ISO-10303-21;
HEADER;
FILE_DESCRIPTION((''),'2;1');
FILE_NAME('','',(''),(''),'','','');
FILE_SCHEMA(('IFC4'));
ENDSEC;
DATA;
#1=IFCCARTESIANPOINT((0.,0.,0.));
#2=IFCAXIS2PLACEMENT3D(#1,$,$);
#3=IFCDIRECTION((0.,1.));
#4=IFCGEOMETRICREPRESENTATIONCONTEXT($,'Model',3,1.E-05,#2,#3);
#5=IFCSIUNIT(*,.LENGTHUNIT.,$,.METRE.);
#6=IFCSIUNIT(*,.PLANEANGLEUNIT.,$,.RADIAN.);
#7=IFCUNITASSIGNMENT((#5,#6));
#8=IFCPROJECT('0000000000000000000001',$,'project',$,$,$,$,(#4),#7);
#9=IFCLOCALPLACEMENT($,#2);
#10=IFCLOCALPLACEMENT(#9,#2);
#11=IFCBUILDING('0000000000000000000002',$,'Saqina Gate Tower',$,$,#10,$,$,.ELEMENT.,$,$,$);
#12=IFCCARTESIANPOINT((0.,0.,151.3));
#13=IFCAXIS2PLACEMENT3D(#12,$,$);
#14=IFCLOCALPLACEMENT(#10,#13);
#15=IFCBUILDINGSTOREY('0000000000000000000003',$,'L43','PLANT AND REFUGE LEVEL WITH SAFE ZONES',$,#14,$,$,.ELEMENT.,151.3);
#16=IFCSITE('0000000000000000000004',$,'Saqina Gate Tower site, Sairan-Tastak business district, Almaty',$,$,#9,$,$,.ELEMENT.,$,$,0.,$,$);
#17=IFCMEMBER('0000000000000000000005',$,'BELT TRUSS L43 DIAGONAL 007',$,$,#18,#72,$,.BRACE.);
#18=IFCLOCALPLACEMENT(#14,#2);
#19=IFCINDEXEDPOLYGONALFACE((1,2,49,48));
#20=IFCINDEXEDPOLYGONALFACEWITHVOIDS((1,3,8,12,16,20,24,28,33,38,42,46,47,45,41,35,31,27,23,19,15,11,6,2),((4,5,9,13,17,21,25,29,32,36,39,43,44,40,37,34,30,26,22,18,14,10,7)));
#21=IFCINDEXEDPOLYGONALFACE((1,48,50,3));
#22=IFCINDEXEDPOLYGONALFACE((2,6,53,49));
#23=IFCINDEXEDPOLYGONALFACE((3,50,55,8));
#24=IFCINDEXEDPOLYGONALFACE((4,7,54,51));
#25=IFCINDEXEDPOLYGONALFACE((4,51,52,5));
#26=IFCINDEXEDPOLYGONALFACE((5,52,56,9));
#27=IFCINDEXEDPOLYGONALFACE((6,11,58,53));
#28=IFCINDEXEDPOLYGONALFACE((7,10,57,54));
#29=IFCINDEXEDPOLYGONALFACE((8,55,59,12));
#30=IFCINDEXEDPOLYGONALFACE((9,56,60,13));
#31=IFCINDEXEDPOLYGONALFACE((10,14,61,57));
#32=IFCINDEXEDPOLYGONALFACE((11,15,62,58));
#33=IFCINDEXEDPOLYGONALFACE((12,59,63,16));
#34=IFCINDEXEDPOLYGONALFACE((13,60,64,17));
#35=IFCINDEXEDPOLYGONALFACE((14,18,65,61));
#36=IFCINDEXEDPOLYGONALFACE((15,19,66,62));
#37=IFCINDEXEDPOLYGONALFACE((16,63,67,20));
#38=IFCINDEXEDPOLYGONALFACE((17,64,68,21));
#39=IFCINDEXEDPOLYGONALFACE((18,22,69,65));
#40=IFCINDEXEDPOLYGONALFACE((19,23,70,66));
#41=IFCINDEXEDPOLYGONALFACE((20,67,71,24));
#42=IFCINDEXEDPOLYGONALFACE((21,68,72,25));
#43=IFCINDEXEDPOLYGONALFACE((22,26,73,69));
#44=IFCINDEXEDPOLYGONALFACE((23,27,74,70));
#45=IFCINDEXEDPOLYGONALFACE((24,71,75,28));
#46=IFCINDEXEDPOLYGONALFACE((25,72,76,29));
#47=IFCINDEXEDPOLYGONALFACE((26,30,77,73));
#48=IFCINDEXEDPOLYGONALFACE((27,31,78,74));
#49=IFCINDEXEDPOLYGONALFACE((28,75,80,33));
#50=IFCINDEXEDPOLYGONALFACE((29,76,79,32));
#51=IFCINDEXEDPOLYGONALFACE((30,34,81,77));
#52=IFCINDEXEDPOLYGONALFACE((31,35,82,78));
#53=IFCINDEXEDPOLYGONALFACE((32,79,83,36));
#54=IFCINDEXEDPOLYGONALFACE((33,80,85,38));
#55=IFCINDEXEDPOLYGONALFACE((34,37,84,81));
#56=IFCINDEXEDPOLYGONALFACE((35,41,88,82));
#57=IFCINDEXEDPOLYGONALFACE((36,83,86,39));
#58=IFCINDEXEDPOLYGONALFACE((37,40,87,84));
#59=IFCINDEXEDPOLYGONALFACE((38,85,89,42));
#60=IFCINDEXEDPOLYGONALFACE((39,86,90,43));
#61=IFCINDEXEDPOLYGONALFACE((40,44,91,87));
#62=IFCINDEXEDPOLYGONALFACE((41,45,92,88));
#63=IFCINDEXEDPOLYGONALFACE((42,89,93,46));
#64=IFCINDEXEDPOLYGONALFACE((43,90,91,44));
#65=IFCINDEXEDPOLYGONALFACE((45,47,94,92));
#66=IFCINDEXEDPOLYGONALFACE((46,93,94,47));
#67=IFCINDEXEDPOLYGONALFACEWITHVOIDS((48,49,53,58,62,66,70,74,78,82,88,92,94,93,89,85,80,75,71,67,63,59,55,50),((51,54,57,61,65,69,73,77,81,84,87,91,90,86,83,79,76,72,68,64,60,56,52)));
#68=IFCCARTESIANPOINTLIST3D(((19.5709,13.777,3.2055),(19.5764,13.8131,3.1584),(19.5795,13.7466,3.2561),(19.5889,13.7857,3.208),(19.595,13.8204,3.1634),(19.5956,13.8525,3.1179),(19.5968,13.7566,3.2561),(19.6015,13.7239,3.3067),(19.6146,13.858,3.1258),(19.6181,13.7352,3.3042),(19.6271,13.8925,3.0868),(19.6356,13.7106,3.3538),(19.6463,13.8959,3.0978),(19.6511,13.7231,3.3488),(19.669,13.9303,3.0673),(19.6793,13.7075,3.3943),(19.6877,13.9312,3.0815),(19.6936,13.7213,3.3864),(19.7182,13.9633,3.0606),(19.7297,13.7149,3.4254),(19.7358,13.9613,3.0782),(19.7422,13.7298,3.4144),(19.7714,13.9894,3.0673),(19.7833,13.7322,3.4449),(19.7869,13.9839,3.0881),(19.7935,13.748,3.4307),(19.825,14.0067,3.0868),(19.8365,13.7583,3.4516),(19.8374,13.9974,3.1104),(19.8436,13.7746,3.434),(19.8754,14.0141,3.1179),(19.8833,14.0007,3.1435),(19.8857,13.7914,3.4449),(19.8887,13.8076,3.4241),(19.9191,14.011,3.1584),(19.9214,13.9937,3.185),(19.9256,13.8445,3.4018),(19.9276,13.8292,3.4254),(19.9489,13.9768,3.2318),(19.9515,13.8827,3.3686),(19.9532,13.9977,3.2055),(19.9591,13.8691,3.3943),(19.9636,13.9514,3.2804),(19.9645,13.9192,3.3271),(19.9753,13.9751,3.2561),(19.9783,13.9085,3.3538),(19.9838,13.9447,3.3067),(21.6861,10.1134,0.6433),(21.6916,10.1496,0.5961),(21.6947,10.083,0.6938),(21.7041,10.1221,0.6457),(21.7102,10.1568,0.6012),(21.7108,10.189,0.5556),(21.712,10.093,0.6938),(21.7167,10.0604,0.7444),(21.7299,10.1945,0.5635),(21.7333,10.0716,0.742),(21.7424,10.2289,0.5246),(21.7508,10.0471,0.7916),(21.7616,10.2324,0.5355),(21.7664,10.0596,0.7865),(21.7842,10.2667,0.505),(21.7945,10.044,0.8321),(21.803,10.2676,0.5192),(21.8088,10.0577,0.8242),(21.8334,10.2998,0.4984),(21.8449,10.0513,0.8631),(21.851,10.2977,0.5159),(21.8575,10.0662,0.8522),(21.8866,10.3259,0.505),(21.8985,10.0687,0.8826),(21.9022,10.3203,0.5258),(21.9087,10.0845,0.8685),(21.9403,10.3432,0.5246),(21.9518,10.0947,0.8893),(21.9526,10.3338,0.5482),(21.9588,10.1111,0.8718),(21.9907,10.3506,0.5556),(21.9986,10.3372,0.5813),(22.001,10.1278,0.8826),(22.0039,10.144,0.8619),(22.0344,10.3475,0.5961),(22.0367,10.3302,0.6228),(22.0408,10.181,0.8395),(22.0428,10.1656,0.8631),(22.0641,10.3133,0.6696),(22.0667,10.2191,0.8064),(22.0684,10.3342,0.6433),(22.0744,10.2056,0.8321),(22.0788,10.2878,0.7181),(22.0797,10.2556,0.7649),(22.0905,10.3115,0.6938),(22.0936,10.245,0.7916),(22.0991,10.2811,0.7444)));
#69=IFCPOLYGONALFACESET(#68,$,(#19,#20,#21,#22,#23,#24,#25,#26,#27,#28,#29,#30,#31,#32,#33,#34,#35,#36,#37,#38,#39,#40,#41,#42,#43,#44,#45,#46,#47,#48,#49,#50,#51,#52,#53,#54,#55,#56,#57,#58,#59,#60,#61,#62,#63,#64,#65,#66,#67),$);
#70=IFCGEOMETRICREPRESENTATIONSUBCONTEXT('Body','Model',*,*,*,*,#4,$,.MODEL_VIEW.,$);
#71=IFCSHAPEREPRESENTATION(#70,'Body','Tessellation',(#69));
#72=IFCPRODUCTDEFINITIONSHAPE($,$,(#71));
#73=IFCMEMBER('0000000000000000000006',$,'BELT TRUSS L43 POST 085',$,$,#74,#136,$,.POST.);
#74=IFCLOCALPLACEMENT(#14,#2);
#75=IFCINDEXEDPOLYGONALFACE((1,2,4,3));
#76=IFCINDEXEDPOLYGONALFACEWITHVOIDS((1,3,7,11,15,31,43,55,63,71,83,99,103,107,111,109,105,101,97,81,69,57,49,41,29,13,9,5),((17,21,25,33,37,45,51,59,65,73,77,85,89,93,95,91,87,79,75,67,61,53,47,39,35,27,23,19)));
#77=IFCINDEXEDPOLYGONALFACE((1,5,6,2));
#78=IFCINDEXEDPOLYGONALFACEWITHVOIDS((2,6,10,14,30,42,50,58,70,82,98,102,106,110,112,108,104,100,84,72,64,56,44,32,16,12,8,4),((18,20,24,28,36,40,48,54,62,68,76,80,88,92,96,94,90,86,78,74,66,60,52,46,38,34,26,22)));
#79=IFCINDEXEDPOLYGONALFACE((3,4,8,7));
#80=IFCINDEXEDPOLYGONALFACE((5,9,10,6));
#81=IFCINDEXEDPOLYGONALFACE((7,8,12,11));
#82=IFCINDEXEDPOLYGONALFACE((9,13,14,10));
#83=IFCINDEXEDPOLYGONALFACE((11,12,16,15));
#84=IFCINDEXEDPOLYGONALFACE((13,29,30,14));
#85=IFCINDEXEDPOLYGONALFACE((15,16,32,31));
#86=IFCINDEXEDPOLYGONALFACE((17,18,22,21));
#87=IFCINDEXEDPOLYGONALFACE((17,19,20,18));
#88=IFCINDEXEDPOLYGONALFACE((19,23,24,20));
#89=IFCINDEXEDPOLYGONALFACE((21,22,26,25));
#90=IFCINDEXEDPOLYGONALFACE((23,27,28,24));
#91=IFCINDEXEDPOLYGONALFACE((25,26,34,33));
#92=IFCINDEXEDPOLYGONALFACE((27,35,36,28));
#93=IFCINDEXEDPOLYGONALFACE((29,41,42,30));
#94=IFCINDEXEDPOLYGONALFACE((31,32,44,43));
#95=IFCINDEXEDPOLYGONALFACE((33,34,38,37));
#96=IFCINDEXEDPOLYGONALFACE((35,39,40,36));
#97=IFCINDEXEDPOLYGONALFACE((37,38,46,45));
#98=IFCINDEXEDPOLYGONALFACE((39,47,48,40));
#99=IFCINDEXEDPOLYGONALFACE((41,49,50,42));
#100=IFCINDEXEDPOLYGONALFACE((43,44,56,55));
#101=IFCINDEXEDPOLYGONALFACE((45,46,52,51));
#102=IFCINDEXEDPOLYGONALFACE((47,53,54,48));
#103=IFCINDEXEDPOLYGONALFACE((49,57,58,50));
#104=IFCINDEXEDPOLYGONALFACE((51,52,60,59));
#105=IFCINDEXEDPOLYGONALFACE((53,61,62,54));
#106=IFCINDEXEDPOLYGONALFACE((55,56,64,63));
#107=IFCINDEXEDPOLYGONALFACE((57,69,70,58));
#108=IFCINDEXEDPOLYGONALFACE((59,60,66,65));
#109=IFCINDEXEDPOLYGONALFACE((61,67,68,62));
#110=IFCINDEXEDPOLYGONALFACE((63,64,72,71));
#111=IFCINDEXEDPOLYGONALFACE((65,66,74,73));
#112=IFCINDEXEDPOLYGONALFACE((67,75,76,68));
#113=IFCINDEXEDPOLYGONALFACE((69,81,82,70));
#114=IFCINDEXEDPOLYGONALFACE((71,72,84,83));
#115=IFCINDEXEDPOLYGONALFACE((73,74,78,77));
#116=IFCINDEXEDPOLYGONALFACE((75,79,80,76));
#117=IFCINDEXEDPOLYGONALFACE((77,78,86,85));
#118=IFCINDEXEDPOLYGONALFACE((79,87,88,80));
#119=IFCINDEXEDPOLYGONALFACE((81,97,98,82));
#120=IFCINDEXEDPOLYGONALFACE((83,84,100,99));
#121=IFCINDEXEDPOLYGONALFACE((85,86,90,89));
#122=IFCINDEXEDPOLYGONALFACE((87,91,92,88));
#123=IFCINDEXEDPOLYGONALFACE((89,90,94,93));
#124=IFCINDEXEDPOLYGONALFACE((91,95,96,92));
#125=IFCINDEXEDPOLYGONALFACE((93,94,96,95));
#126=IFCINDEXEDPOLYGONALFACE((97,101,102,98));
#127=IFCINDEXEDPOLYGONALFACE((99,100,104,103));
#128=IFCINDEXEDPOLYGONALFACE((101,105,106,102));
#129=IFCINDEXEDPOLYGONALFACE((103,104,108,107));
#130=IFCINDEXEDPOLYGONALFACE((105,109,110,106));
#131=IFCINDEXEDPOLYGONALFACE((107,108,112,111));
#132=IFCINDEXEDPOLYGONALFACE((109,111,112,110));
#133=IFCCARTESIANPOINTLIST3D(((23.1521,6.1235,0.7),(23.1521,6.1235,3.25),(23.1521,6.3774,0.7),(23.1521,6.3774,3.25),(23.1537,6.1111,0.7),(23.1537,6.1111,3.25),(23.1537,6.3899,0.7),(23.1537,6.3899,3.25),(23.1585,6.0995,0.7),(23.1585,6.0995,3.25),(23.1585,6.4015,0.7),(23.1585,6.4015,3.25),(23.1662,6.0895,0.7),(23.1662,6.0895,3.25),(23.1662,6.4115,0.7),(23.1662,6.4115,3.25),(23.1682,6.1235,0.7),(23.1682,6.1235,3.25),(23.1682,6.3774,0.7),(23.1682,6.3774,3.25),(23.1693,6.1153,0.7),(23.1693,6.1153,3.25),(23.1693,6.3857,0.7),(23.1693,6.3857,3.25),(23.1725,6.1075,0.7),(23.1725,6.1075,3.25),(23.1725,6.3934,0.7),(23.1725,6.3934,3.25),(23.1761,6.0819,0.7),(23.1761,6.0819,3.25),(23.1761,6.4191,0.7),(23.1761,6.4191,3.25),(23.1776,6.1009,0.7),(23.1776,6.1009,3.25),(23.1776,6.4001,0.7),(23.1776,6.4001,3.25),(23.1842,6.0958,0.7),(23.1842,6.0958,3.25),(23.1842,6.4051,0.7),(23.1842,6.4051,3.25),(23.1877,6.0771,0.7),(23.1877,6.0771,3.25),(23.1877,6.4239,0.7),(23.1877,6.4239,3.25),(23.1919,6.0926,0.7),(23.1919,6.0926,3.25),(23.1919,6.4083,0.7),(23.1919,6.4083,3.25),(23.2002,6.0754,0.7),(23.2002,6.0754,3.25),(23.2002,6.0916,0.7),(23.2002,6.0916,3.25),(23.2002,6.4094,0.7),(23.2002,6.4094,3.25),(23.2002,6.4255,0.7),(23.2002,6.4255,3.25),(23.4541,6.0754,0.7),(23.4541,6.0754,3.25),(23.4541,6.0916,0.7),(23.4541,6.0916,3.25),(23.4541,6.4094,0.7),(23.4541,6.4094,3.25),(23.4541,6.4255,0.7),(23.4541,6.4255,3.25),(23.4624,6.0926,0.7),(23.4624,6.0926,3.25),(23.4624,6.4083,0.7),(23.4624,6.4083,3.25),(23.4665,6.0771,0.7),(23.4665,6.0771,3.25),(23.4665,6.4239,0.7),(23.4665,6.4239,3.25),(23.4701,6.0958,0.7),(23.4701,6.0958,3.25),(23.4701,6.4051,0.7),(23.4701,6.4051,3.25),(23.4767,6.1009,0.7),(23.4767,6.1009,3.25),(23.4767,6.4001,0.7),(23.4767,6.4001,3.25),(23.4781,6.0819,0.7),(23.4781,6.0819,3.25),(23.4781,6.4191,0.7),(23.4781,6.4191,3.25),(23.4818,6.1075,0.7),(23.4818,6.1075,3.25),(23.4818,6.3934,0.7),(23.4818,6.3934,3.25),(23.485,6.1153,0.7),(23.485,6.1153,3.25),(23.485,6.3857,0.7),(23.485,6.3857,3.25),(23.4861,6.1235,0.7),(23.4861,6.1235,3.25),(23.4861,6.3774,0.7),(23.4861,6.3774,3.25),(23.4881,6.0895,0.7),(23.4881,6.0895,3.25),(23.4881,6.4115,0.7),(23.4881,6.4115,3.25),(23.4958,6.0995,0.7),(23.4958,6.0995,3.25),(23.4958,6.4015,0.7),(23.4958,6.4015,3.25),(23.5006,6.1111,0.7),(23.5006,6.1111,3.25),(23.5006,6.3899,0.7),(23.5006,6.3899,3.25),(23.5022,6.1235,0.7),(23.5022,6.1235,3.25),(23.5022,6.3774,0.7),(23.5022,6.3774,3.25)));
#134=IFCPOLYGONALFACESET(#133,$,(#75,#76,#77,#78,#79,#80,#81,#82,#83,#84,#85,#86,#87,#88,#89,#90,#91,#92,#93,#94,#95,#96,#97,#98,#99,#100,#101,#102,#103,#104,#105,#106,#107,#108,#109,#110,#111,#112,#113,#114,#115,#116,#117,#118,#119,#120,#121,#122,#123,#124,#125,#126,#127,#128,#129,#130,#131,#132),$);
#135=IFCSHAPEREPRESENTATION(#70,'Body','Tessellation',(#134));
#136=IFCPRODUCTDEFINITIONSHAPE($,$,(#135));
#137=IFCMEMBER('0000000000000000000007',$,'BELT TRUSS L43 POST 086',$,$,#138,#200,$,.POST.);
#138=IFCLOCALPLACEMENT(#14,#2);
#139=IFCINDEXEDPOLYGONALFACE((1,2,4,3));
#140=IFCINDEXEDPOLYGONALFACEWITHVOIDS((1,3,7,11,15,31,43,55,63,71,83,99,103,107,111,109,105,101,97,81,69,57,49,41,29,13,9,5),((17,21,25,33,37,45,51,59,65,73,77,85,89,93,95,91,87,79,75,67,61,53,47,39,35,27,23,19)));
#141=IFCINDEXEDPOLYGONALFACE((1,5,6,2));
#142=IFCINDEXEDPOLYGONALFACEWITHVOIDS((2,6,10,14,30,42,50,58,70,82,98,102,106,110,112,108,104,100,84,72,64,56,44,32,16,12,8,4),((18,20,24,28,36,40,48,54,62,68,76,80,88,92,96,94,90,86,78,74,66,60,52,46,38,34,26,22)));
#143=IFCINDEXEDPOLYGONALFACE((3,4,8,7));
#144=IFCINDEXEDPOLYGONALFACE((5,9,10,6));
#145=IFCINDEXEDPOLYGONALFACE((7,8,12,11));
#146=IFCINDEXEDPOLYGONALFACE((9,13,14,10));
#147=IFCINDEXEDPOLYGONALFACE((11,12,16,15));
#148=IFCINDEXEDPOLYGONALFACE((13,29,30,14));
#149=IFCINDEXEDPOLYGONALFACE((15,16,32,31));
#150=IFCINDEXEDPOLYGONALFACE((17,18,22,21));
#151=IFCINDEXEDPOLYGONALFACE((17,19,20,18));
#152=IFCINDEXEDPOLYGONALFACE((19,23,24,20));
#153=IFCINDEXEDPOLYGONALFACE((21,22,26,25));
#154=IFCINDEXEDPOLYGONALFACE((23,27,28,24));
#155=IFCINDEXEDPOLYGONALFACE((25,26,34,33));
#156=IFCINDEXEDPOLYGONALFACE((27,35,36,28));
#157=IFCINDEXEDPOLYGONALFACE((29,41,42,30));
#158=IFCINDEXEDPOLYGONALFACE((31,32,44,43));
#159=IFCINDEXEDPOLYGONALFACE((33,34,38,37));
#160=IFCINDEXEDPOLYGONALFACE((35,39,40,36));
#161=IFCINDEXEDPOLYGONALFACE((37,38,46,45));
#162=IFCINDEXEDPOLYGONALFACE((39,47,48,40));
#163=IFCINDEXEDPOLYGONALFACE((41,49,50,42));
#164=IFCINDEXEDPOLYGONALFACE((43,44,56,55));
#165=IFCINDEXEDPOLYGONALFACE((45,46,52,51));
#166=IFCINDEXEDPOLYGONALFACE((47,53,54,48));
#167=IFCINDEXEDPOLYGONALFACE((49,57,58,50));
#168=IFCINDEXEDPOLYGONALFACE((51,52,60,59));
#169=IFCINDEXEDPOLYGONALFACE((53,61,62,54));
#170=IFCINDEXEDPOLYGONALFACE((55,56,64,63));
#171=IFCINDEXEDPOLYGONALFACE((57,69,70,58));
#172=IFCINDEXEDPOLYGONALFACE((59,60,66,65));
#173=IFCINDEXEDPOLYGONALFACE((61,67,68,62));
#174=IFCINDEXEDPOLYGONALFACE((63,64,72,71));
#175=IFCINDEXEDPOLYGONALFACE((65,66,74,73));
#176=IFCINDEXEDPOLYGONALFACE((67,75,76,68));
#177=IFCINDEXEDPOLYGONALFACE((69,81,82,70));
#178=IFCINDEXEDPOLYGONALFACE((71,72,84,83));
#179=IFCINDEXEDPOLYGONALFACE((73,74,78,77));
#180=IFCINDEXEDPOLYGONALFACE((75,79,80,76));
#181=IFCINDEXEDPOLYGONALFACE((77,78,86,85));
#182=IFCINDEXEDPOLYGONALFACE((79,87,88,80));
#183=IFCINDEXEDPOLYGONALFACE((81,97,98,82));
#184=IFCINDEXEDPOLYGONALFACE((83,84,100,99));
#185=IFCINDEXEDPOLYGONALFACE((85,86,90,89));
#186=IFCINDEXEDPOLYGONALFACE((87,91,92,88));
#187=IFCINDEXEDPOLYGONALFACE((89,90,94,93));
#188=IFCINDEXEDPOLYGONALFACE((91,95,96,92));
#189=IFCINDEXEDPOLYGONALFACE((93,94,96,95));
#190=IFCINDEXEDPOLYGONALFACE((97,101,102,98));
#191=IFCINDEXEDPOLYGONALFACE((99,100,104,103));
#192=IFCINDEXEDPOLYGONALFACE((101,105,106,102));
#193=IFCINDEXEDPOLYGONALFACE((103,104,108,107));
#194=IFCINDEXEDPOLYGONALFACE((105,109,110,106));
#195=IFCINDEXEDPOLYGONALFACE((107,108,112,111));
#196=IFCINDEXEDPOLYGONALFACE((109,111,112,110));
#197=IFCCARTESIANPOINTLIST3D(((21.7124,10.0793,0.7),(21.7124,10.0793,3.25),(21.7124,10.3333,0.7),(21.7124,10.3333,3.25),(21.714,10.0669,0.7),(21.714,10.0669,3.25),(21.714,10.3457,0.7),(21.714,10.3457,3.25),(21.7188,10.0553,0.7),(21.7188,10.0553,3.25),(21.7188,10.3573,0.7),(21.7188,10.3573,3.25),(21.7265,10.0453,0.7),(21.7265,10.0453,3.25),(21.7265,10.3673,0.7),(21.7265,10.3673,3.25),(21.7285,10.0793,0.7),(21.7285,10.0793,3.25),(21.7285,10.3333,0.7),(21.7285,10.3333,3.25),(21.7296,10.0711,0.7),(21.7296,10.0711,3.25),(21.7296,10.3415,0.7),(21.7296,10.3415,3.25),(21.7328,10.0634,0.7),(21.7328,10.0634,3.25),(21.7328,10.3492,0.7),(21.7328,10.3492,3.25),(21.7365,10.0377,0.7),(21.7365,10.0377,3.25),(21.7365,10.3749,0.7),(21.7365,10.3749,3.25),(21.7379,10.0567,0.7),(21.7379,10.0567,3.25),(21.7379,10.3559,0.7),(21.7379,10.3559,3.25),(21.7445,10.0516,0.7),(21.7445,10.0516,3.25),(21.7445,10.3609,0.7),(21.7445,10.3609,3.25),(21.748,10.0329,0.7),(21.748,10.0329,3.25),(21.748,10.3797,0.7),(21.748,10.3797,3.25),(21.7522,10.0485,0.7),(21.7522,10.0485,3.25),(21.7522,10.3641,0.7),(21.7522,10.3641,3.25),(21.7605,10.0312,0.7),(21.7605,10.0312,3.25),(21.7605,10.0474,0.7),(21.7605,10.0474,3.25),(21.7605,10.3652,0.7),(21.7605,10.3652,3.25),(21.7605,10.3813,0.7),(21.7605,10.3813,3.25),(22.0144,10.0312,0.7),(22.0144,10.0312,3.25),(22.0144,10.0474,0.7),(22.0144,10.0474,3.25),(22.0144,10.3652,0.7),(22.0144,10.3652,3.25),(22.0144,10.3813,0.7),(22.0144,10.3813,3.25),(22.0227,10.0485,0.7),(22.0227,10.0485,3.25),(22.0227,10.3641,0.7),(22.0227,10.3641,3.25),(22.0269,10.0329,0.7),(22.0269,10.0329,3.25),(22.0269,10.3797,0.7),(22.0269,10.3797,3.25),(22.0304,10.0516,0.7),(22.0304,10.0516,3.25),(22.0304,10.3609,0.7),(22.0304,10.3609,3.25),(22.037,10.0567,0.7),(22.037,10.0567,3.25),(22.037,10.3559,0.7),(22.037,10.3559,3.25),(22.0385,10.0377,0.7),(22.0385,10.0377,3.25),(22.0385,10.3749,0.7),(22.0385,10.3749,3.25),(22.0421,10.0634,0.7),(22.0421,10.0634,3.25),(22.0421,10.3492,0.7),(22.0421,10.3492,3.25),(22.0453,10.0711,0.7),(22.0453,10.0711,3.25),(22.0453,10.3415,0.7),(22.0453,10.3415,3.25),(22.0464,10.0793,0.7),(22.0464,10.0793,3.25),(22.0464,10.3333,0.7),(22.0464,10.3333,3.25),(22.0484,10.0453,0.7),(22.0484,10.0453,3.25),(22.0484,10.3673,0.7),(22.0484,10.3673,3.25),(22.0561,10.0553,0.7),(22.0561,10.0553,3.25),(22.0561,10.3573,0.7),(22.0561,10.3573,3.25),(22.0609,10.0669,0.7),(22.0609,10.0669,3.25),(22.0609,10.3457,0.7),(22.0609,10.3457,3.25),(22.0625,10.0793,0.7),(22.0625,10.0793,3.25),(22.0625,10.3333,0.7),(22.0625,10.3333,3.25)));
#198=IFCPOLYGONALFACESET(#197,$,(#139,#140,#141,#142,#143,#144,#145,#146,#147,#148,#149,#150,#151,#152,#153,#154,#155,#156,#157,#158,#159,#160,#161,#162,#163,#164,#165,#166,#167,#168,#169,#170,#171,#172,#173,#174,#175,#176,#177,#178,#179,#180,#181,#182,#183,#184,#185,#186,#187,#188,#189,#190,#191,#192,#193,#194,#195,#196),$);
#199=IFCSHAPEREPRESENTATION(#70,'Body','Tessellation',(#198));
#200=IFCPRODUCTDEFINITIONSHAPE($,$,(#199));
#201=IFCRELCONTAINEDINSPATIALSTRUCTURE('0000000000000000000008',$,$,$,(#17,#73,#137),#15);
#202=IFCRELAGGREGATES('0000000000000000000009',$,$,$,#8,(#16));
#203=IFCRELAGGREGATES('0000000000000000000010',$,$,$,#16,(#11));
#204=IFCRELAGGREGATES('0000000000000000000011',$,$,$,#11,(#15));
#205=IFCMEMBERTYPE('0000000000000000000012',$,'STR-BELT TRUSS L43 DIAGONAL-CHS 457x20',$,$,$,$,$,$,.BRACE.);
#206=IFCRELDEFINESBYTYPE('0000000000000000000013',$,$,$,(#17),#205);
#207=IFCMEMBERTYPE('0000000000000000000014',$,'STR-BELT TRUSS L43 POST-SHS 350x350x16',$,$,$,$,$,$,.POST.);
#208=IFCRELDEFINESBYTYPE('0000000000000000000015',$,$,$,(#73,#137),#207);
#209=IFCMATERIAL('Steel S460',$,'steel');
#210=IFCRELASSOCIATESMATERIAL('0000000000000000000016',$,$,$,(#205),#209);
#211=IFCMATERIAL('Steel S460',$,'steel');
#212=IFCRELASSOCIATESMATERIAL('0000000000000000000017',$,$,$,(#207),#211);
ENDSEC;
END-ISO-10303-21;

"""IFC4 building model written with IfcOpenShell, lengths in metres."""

from ifc_helpers import new_model, si_unit, direction, frame, origin, origin_2d, place, context, subcontext, project, spatial, hollow_rectangle, hollow_circle, extrude, material, material_profile, profile_set, type_object, element, save


model = new_model("IFC4")

# Units and contexts
model_context = context("Model", 3, precision=1e-05, world=origin(), true_north=direction((0.0, 1.0)))
body_context = subcontext(model_context, "Body", "Model", "MODEL_VIEW")
ifc_project = project(units=[si_unit("LENGTHUNIT", "METRE"), si_unit("PLANEANGLEUNIT", "RADIAN")], contexts=[model_context])

# Site, building, storey
site_placement = place(None, origin())
site = spatial("IfcSite", under=ifc_project, at=site_placement, Name="Saqina Gate Tower site, Sairan-Tastak business district, Almaty", CompositionType="ELEMENT", RefElevation=0.0)
building_placement = place(site_placement, origin())
building = spatial("IfcBuilding", under=site, at=building_placement, Name="Saqina Gate Tower", CompositionType="ELEMENT")
storey_placement = place(building_placement, frame((0.0, 0.0, 151.3)))
storey = spatial("IfcBuildingStorey", under=building, at=storey_placement, Name="L43", Description="PLANT AND REFUGE LEVEL WITH SAFE ZONES", CompositionType="ELEMENT", Elevation=151.3)

# Members
ifc_material_1 = material(Name="Steel S460", Category="steel")
ifc_material_profile_1 = material_profile(ifc_material_1, hollow_circle(Radius=0.2285, WallThickness=0.02, at=origin_2d()), Name="CHS 457x20")
ifc_profile_set_1 = profile_set([ifc_material_profile_1], Name="Steel S460")
member_type_1 = type_object("IfcMemberType", Name="STR-BELT TRUSS L43 DIAGONAL-CHS 457x20", PredefinedType="BRACE", material=ifc_profile_set_1)
member_1_placement = place(storey_placement, frame((21.8926, 10.1973, 0.6938), z_axis=(-0.427681, 0.740741, 0.518065), x_axis=(-0.866018, -0.500012, 0.0)))
element("IfcMember", 1, at=member_1_placement, inside=storey, type_object=member_type_1, Name="BELT TRUSS L43 DIAGONAL 007", PredefinedType="BRACE", context=body_context, shape_type="SweptSolid", body=[
    extrude(hollow_circle(Radius=0.2285, WallThickness=0.02, at=origin_2d()), origin(), (0.0, 0.0, 1.0), 4.9458),
])
ifc_material_2 = material(Name="Steel S460", Category="steel")
ifc_material_profile_2 = material_profile(ifc_material_2, hollow_rectangle(XDim=0.3501, YDim=0.3501, WallThickness=0.0161, InnerFilletRadius=0.032, OuterFilletRadius=0.0481, at=origin_2d()), Name="SHS 350x350x16")
ifc_profile_set_2 = profile_set([ifc_material_profile_2], Name="Steel S460")
member_type_2 = type_object("IfcMemberType", Name="STR-BELT TRUSS L43 POST-SHS 350x350x16", PredefinedType="POST", material=ifc_profile_set_2)
for number, where, z_axis, x_axis, name in (
    (2, (23.3271, 6.2505, 0.7), (0.0, 0.0, 1.0), (1.0, 0.0, 0.0), "BELT TRUSS L43 POST 085"),
    (3, (21.8875, 10.2063, 0.7), (0.0, 0.0, 1.0), (1.0, 0.0, 0.0), "BELT TRUSS L43 POST 086"),
):
    element("IfcMember", number, at=place(storey_placement, frame(where, z_axis=z_axis, x_axis=x_axis)), inside=storey, type_object=member_type_2, Name=name, PredefinedType="POST", context=body_context, shape_type="SweptSolid", body=[
        extrude(hollow_rectangle(XDim=0.3501, YDim=0.3501, WallThickness=0.0161, InnerFilletRadius=0.032, OuterFilletRadius=0.0481, at=origin_2d()), origin(), (0.0, 0.0, 1.0), 2.55),
    ])

save(model, "model.ifc")
